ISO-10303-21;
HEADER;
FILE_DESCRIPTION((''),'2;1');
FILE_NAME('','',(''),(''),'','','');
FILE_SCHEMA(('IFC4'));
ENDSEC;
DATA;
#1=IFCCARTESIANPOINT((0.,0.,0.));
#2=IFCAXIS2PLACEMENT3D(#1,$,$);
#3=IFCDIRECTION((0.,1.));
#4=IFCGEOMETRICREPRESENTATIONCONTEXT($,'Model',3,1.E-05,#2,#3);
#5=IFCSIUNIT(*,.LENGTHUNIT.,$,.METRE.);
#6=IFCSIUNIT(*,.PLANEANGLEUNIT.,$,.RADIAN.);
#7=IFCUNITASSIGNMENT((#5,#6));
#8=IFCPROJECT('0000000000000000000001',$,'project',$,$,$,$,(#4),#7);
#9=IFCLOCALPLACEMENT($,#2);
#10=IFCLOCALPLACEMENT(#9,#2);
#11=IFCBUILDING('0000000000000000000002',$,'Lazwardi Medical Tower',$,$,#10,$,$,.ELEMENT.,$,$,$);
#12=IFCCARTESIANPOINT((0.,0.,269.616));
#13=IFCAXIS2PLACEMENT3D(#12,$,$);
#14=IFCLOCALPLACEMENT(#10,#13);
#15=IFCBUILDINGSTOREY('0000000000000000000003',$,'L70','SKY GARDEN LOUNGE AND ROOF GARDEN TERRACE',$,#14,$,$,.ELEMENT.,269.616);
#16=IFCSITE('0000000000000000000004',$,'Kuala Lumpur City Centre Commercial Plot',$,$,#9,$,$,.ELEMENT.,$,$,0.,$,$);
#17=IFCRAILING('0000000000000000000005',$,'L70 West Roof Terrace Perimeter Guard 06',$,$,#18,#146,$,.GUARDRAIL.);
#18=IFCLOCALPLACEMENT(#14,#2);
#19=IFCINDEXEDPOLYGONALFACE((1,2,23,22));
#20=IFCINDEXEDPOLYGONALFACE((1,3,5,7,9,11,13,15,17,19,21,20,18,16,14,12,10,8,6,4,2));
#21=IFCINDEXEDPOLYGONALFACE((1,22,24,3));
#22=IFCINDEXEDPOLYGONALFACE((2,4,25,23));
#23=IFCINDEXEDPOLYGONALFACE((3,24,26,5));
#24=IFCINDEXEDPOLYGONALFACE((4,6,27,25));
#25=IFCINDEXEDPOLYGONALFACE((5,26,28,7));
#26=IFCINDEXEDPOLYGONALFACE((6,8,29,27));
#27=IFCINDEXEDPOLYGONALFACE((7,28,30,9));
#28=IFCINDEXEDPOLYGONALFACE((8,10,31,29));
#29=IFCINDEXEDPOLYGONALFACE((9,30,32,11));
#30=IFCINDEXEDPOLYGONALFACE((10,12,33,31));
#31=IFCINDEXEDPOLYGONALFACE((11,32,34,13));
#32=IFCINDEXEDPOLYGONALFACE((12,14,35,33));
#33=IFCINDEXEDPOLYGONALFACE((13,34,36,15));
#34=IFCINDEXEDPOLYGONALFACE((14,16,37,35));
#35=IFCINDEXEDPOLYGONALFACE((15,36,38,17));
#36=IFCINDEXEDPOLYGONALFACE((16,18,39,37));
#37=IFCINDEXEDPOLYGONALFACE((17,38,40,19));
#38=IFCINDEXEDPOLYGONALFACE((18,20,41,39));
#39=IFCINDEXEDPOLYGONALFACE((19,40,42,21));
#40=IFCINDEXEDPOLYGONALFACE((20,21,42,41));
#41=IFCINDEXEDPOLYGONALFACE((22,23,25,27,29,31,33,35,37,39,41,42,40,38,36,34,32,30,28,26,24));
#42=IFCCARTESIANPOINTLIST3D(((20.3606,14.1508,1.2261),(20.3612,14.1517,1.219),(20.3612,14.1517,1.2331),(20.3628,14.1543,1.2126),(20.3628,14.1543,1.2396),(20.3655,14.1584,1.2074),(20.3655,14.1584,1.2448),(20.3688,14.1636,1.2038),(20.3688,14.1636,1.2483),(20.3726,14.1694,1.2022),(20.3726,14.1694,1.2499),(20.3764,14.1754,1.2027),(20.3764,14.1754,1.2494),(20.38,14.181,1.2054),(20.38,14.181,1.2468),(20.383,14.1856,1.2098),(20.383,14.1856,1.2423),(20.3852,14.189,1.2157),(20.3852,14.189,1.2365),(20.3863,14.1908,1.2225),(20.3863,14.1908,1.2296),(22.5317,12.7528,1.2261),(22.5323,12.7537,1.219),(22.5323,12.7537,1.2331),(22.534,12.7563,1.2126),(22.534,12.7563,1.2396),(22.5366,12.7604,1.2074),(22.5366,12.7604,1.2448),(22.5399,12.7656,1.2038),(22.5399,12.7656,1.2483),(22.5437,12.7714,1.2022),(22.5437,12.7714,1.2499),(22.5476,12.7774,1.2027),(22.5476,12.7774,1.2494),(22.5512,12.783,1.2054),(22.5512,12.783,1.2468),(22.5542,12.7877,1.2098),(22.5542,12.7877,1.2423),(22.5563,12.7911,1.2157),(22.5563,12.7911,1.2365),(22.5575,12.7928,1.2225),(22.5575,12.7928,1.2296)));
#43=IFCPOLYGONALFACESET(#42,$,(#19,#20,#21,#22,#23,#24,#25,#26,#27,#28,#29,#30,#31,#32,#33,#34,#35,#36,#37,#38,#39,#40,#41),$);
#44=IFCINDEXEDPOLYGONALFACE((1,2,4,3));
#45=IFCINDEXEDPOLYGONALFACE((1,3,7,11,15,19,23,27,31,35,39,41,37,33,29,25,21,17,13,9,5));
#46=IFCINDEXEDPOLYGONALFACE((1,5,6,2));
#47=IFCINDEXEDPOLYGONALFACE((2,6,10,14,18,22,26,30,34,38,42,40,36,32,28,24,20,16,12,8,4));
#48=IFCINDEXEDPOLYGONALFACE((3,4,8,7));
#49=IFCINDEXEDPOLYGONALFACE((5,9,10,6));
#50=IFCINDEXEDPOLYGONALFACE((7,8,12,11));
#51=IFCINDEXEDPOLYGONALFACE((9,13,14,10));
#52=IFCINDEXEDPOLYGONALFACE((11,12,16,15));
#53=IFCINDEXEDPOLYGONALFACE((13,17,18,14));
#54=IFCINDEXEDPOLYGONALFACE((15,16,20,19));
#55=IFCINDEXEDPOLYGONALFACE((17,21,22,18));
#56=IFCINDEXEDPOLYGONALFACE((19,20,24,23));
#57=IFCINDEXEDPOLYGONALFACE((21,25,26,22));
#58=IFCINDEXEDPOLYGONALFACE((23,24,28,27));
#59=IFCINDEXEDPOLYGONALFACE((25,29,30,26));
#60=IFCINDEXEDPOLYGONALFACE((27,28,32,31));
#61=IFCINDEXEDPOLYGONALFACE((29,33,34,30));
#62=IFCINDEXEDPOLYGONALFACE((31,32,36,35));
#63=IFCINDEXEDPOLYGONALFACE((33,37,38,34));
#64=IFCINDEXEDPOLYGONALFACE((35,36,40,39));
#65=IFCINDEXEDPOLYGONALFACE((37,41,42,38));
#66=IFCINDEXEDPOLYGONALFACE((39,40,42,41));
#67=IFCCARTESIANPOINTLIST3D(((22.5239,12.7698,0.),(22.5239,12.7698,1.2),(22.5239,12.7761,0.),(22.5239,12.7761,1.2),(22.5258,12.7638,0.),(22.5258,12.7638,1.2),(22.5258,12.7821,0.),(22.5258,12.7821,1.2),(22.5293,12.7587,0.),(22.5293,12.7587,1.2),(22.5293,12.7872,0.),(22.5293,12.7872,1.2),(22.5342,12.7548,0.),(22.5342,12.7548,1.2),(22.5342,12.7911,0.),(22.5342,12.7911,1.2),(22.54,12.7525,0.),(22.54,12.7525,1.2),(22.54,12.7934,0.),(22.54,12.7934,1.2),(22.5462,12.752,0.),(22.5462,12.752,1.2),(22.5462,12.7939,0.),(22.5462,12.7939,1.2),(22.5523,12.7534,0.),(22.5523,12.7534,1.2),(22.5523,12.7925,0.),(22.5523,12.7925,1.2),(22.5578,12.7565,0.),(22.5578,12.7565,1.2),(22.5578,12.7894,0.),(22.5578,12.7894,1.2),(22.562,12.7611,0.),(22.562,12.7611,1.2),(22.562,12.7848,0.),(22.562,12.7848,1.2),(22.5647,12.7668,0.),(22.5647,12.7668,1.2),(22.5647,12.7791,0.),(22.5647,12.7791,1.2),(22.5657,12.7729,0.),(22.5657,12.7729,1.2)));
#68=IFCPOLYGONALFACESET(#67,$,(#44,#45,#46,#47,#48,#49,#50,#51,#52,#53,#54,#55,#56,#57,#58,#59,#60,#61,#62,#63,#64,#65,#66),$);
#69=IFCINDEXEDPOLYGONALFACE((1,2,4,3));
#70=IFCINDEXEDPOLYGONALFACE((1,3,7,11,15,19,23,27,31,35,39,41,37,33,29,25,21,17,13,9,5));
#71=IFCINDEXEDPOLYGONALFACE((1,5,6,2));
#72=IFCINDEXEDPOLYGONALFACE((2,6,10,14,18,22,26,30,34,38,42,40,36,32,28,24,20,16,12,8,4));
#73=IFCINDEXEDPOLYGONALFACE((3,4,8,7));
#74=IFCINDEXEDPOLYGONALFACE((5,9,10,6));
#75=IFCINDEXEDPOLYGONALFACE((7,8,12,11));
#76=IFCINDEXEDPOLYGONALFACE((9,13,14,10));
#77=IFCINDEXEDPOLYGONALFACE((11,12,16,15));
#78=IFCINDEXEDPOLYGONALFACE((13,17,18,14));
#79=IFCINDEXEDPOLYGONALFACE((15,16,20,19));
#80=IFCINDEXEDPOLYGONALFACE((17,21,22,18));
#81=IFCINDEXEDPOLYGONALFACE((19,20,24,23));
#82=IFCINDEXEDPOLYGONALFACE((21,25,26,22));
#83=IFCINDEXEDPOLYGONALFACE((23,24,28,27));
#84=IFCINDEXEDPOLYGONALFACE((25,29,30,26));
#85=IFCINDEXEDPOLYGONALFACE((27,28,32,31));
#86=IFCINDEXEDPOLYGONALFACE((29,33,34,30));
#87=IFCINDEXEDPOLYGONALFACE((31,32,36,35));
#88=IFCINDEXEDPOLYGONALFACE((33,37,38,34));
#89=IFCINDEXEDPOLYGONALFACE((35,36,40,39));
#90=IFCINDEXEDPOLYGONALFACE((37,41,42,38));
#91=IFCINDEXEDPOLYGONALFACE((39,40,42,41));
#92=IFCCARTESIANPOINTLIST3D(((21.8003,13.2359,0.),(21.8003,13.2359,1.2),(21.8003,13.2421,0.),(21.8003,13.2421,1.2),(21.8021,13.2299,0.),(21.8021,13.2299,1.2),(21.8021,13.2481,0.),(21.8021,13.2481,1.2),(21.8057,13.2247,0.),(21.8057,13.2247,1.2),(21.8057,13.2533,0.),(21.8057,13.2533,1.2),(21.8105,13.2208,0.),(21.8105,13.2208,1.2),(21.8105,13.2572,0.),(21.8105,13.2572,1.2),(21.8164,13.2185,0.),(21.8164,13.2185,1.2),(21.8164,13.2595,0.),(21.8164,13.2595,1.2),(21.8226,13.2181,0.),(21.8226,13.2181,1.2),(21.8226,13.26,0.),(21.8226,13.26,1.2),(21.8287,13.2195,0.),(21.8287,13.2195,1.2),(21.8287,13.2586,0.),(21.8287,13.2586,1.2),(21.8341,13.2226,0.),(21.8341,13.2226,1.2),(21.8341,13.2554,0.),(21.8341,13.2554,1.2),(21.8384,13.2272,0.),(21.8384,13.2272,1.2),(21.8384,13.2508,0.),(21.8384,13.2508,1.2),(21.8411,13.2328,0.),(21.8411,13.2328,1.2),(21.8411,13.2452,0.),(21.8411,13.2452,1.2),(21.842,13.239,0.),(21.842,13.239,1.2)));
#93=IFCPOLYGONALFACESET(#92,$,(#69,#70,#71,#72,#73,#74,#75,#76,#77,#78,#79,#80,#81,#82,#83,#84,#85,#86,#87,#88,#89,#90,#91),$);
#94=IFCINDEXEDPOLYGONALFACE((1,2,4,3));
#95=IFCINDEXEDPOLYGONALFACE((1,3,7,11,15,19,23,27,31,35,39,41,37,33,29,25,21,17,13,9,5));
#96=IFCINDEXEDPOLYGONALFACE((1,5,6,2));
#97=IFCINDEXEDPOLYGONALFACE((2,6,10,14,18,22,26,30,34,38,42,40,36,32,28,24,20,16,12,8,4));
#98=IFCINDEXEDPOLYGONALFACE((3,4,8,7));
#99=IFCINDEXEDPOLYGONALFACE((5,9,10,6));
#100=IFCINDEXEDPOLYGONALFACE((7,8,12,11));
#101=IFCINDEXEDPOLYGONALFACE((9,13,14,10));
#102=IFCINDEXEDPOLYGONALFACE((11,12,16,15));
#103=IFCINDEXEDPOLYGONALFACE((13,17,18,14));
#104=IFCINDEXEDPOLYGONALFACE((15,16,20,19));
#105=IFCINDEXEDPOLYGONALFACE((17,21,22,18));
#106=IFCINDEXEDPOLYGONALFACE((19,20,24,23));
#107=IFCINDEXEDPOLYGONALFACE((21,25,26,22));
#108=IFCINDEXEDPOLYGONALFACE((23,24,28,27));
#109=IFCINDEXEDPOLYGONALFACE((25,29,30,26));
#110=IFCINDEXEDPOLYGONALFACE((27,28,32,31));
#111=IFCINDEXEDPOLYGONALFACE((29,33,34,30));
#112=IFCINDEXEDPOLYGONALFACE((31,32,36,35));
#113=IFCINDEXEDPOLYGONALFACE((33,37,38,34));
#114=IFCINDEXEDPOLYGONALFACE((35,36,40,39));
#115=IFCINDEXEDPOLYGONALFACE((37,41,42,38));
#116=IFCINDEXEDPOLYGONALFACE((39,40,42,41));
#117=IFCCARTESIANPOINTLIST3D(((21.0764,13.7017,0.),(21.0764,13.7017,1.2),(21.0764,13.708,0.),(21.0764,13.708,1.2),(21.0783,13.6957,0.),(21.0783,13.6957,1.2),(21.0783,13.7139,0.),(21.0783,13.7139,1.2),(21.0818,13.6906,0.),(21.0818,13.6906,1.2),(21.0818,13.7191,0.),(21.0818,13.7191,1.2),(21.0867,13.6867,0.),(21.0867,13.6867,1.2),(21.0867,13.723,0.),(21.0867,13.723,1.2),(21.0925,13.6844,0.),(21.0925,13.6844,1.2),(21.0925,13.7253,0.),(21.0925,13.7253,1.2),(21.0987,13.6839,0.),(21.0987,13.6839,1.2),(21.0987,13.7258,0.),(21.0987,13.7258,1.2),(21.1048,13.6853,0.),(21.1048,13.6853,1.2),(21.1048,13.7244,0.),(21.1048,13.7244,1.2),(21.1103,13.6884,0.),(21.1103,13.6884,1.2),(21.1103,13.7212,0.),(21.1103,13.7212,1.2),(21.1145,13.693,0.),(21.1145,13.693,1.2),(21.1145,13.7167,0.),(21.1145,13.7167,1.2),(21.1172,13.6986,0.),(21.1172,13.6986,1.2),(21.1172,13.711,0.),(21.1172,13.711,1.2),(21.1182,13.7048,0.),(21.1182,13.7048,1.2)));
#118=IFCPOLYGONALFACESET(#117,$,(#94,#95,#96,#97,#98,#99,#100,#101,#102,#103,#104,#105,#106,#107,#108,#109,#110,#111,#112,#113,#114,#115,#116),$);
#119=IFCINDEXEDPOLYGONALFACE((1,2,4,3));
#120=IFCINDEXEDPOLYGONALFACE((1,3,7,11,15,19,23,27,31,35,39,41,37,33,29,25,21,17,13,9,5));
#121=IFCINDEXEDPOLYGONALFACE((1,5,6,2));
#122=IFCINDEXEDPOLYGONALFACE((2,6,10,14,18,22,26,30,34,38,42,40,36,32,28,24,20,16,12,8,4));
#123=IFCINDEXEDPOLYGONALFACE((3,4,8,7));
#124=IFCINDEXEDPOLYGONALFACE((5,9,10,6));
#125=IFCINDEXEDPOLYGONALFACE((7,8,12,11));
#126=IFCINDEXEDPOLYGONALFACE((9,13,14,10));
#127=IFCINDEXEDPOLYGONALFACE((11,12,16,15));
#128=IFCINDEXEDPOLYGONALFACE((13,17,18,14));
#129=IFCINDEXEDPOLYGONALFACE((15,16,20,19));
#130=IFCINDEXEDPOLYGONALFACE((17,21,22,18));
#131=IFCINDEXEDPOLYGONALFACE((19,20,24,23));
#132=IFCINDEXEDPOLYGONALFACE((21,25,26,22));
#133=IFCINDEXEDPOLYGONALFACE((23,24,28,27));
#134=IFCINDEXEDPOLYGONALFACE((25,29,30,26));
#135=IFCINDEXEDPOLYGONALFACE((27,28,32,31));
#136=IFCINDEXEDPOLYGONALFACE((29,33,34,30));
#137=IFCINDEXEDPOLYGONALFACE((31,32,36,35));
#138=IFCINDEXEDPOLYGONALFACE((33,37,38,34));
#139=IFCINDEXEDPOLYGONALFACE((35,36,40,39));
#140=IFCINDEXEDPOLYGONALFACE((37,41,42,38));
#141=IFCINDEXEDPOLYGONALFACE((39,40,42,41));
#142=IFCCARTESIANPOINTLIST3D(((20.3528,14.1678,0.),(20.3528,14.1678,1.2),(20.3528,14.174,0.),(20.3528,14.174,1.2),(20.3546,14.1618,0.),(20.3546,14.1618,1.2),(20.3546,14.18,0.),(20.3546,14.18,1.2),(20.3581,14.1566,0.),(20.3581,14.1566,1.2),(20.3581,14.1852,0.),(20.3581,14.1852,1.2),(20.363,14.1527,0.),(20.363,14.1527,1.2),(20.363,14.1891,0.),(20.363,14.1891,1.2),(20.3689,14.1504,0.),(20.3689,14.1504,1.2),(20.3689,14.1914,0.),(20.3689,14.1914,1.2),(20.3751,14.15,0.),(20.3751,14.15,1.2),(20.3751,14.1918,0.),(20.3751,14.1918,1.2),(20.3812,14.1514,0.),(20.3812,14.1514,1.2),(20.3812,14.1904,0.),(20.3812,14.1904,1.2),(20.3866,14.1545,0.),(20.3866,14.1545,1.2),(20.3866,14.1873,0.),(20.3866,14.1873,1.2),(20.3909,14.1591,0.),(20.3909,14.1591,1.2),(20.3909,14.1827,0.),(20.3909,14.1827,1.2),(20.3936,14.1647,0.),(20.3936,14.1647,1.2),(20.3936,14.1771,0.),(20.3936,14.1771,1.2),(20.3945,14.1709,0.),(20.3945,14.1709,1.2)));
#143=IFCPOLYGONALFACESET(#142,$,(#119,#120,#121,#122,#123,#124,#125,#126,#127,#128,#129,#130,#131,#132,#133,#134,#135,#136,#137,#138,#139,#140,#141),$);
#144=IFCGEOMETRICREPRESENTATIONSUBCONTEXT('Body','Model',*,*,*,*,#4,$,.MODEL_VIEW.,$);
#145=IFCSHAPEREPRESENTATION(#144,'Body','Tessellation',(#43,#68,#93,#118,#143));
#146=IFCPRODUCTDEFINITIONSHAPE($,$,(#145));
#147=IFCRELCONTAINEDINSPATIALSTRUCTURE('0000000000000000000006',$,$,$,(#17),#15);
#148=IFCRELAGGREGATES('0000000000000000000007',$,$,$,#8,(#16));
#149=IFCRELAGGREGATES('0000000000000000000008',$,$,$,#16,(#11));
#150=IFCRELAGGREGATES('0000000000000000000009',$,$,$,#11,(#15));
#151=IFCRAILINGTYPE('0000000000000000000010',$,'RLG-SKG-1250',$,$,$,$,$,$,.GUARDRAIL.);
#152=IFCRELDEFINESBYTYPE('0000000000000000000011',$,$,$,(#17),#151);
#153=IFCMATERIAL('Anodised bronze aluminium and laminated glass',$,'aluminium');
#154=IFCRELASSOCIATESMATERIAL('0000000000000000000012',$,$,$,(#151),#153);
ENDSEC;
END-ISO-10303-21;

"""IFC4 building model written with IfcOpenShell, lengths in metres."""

from ifc_helpers import new_model, si_unit, direction, frame, origin, origin_2d, place, context, subcontext, project, spatial, circle, extrude, material, type_object, element, save


model = new_model("IFC4")

# Units and contexts
model_context = context("Model", 3, precision=1e-05, world=origin(), true_north=direction((0.0, 1.0)))
body_context = subcontext(model_context, "Body", "Model", "MODEL_VIEW")
ifc_project = project(units=[si_unit("LENGTHUNIT", "METRE"), si_unit("PLANEANGLEUNIT", "RADIAN")], contexts=[model_context])

# Site, building, storey
site_placement = place(None, origin())
site = spatial("IfcSite", under=ifc_project, at=site_placement, Name="Kuala Lumpur City Centre Commercial Plot", CompositionType="ELEMENT", RefElevation=0.0)
building_placement = place(site_placement, origin())
building = spatial("IfcBuilding", under=site, at=building_placement, Name="Lazwardi Medical Tower", CompositionType="ELEMENT")
storey_placement = place(building_placement, frame((0.0, 0.0, 269.616)))
storey = spatial("IfcBuildingStorey", under=building, at=storey_placement, Name="L70", Description="SKY GARDEN LOUNGE AND ROOF GARDEN TERRACE", CompositionType="ELEMENT", Elevation=269.616)

# Railing
ifc_material_1 = material(Name="Anodised bronze aluminium and laminated glass", Category="aluminium")
railing_type = type_object("IfcRailingType", Name="RLG-SKG-1250", PredefinedType="GUARDRAIL", material=ifc_material_1)
railing_1_placement = place(storey_placement, frame((22.5447, 12.7729, 0.0)))
element("IfcRailing", 1, at=railing_1_placement, inside=storey, type_object=railing_type, Name="L70 West Roof Terrace Perimeter Guard 06", PredefinedType="GUARDRAIL", context=body_context, shape_type="SweptSolid", body=[
    extrude(circle(Radius=0.0239, at=origin_2d()), frame((0.0, 0.0, 1.2261), z_axis=(-0.840788, 0.541364, 0.0), x_axis=(-0.541364, -0.840788, 0.0)), (0.0, 0.0, 1.0), 2.5823),
    extrude(circle(Radius=0.021, at=origin_2d()), origin(), (0.0, 0.0, 1.0), 1.2),
    extrude(circle(Radius=0.021, at=origin_2d()), frame((-0.7236, 0.4661, 0.0)), (0.0, 0.0, 1.0), 1.2),
    extrude(circle(Radius=0.021, at=origin_2d()), frame((-1.4475, 0.9319, 0.0)), (0.0, 0.0, 1.0), 1.2),
    extrude(circle(Radius=0.021, at=origin_2d()), frame((-2.1711, 1.3979, 0.0)), (0.0, 0.0, 1.0), 1.2),
])

save(model, "model.ifc")
